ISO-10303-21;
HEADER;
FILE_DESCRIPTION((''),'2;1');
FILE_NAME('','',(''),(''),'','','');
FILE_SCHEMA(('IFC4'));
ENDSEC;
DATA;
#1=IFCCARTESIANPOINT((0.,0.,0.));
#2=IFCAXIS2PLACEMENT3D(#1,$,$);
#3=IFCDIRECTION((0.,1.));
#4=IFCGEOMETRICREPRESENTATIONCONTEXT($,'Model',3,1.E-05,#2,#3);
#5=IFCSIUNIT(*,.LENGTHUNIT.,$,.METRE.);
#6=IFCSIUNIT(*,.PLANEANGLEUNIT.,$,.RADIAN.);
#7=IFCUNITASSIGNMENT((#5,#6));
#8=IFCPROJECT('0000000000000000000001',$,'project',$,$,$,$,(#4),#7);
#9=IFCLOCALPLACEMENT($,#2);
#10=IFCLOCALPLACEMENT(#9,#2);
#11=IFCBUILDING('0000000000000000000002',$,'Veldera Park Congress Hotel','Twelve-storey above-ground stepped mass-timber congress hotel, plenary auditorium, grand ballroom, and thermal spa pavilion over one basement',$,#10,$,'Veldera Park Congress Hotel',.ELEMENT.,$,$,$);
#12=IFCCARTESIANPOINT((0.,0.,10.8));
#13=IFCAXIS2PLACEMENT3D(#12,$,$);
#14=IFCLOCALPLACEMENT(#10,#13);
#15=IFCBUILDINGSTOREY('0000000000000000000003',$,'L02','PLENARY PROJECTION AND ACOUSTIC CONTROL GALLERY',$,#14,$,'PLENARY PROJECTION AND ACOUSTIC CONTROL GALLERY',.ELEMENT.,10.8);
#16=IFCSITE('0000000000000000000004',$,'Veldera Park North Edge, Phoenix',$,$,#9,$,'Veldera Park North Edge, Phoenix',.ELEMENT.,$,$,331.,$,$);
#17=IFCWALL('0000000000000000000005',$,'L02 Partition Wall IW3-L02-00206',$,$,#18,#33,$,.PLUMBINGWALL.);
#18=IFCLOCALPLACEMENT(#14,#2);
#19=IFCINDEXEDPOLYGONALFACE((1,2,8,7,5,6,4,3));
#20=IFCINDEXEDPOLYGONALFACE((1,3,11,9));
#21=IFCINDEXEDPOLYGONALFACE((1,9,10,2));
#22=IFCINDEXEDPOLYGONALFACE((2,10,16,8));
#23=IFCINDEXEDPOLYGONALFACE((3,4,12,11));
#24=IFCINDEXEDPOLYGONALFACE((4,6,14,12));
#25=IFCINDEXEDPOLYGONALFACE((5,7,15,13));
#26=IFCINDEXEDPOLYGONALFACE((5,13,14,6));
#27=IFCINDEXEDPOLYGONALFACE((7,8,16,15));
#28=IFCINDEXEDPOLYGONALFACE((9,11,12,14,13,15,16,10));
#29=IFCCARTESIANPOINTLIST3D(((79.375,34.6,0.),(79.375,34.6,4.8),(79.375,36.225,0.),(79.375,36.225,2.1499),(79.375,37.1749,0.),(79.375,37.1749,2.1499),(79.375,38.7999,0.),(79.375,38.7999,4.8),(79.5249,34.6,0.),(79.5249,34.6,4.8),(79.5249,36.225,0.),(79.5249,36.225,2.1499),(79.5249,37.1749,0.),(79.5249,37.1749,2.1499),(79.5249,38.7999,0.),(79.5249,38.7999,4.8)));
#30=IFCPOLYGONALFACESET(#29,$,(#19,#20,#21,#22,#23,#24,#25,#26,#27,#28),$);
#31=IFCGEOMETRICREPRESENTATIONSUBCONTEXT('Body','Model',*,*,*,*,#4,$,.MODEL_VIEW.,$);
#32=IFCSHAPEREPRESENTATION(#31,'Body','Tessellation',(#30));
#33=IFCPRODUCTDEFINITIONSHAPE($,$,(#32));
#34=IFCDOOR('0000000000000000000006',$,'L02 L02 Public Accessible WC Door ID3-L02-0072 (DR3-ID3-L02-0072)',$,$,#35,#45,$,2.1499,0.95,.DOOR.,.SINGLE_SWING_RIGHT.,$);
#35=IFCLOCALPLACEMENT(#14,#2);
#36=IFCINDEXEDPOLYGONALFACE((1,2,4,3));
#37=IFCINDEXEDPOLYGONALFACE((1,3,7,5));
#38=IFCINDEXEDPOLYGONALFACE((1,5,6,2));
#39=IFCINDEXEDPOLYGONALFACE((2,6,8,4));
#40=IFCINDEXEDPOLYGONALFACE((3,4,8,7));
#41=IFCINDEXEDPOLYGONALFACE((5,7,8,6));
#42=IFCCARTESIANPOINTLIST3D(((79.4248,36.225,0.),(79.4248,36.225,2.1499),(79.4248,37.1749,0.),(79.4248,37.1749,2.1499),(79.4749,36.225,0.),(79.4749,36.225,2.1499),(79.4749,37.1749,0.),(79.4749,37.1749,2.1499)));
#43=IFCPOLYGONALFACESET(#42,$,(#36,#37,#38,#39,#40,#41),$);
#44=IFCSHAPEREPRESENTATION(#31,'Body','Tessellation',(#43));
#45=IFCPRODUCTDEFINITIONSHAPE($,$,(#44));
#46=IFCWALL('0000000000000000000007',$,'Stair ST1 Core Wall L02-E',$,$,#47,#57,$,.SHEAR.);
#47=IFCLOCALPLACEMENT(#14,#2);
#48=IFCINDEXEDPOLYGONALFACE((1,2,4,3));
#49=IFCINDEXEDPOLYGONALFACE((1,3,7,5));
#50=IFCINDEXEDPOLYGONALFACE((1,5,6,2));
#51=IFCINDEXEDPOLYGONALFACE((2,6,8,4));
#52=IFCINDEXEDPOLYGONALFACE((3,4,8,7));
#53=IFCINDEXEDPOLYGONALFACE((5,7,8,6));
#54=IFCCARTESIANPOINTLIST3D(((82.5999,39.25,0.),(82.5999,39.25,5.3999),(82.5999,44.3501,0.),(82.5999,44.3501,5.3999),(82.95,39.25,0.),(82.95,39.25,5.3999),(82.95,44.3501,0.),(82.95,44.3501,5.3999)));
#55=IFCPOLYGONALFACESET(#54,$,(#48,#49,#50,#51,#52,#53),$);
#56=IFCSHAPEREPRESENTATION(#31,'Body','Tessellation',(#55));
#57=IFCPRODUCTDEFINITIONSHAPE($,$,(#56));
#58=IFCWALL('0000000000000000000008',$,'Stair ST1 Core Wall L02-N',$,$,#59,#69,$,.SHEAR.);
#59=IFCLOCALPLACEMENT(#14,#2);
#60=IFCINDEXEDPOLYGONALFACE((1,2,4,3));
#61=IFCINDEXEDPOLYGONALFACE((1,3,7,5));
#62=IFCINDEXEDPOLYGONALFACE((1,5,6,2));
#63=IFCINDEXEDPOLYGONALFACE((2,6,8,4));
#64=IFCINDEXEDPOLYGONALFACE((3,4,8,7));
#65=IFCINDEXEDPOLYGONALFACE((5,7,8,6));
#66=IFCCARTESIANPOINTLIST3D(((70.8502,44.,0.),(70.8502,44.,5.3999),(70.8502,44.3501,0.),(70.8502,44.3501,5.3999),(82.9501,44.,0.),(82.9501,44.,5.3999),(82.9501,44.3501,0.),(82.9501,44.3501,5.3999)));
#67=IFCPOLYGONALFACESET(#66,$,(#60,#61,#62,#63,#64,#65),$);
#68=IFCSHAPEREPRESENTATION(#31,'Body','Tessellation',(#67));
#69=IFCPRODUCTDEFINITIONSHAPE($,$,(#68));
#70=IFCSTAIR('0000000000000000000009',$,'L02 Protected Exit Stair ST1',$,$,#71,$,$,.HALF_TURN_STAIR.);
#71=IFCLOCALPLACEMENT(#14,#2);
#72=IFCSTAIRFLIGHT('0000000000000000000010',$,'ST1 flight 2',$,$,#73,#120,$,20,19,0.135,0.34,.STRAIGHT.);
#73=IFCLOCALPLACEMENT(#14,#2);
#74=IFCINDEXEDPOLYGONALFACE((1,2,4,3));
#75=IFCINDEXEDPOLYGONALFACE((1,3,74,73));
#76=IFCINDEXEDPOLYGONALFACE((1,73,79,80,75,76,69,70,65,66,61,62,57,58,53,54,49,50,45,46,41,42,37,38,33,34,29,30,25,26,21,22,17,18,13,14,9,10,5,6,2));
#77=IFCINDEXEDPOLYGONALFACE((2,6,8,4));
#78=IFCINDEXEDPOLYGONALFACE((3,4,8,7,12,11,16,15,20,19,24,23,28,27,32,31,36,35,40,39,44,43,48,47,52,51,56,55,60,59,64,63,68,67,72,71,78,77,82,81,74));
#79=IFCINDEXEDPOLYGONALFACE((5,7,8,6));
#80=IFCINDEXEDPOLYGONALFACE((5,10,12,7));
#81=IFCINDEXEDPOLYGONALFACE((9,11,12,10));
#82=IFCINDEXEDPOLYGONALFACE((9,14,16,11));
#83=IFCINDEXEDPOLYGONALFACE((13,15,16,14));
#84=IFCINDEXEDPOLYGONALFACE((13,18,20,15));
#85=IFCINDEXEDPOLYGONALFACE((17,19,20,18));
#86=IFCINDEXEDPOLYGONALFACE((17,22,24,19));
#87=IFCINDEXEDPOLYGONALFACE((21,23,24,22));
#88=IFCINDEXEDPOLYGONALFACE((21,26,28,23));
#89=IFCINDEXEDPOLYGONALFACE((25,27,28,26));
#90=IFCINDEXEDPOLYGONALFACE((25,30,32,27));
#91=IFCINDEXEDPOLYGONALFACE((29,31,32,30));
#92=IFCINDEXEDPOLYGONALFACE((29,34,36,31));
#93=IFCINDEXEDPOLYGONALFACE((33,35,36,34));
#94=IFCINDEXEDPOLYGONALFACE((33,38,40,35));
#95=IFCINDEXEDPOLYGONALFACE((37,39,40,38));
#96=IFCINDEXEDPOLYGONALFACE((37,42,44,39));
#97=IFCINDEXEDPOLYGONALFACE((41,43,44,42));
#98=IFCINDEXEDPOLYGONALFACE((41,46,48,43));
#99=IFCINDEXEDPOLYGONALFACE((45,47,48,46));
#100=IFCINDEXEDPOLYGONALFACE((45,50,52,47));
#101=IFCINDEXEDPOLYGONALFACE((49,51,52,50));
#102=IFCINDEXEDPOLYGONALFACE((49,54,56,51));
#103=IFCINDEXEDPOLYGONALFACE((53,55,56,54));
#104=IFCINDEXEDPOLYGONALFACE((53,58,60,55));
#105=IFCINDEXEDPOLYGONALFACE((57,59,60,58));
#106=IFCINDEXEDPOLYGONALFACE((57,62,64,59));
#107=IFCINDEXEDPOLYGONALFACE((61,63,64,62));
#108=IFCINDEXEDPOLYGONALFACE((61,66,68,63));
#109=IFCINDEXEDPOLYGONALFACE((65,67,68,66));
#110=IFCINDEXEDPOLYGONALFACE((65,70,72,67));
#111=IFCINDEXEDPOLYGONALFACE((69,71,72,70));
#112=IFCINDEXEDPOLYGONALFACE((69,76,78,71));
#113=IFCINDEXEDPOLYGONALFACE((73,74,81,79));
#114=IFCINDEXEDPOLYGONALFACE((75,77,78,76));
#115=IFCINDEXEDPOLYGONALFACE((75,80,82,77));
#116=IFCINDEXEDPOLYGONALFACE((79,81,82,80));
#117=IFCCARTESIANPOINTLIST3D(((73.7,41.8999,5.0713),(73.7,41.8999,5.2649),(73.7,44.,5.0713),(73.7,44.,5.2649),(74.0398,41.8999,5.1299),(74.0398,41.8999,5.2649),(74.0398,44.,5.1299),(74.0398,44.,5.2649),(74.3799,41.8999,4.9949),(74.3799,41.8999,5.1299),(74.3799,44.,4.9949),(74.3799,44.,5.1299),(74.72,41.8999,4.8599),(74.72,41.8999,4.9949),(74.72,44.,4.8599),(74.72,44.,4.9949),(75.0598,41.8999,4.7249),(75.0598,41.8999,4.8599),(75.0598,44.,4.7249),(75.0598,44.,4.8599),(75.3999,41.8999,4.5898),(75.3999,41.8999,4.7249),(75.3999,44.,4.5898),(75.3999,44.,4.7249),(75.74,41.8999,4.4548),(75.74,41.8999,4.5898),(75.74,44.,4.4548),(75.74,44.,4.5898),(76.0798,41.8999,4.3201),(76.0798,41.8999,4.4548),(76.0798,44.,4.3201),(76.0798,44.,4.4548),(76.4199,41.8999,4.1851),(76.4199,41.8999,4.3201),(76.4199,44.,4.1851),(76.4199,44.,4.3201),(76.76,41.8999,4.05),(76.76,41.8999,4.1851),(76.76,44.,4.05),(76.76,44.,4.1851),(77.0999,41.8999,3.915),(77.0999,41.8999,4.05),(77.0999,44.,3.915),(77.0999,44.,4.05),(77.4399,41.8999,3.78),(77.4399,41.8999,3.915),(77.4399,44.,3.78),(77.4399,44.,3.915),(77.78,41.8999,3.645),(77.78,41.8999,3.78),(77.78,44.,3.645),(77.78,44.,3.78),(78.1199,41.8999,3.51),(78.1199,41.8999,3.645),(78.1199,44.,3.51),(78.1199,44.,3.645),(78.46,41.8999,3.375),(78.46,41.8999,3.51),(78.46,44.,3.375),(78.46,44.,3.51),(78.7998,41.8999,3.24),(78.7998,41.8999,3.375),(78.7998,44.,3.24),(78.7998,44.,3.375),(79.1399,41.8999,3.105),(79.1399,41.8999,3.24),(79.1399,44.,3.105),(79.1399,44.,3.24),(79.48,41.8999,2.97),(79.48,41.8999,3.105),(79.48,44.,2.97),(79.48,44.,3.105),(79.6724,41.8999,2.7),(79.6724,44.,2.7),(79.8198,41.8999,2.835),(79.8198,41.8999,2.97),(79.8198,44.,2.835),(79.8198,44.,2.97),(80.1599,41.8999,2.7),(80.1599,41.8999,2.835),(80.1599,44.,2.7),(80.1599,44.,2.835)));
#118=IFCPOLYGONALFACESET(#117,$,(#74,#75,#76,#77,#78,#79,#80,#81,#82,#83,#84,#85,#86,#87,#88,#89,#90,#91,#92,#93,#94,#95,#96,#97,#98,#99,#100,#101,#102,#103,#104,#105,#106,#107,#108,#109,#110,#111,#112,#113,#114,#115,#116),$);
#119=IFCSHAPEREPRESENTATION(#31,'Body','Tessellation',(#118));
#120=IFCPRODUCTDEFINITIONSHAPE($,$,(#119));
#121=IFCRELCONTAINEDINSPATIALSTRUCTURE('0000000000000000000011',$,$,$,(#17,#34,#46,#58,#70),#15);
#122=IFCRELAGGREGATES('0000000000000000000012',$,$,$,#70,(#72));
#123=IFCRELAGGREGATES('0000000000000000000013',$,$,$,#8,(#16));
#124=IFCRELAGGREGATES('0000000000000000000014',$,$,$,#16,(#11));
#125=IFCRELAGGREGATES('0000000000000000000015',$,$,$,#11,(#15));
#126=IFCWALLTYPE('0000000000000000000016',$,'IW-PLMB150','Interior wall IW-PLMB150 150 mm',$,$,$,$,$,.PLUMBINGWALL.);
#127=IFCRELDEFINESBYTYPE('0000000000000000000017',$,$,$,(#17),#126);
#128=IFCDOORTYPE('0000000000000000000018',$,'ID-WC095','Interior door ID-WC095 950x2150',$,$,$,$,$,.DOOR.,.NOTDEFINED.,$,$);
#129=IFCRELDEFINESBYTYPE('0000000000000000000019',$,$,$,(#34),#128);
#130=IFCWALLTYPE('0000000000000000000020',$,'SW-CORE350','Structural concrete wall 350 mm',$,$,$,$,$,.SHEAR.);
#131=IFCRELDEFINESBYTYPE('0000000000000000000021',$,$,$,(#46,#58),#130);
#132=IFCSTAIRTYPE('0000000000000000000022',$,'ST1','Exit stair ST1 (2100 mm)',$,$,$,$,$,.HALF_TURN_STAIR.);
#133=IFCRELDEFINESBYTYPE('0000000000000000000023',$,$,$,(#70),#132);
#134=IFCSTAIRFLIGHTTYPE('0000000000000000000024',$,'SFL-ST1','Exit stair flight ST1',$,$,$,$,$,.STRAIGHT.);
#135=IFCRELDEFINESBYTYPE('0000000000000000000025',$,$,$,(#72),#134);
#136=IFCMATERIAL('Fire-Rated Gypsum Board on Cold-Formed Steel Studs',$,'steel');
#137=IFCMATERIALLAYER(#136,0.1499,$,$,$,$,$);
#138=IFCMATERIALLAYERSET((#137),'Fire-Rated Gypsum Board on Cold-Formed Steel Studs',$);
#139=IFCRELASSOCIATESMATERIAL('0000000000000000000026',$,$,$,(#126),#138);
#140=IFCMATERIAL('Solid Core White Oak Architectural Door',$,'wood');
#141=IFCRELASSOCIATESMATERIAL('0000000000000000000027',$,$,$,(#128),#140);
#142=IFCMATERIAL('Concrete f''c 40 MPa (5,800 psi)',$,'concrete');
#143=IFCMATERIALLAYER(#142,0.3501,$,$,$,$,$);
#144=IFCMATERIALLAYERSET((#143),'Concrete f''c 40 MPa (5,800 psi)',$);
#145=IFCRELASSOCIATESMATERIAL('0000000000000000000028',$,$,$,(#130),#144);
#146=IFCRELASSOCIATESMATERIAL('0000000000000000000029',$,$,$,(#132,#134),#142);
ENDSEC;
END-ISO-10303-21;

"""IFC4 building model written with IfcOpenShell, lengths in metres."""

from ifc_helpers import new_model, si_unit, direction, frame, frame_2d, origin, place, context, subcontext, project, spatial, polyline, rectangle, outline, extrude, material, layer, layer_set, type_object, element, fill, aggregate, save


model = new_model("IFC4")

# Units and contexts
model_context = context("Model", 3, precision=1e-05, world=origin(), true_north=direction((0.0, 1.0)))
body_context = subcontext(model_context, "Body", "Model", "MODEL_VIEW")
ifc_project = project(units=[si_unit("LENGTHUNIT", "METRE"), si_unit("PLANEANGLEUNIT", "RADIAN")], contexts=[model_context])

# Site, building, storey
site_placement = place(None, origin())
site = spatial("IfcSite", under=ifc_project, at=site_placement, Name="Veldera Park North Edge, Phoenix", LongName="Veldera Park North Edge, Phoenix", CompositionType="ELEMENT", RefElevation=331.0)
building_placement = place(site_placement, origin())
building = spatial("IfcBuilding", under=site, at=building_placement, Name="Veldera Park Congress Hotel", Description="Twelve-storey above-ground stepped mass-timber congress hotel, plenary auditorium, grand ballroom, and thermal spa pavilion over one basement", LongName="Veldera Park Congress Hotel", CompositionType="ELEMENT")
storey_placement = place(building_placement, frame((0.0, 0.0, 10.8)))
storey = spatial("IfcBuildingStorey", under=building, at=storey_placement, Name="L02", Description="PLENARY PROJECTION AND ACOUSTIC CONTROL GALLERY", LongName="PLENARY PROJECTION AND ACOUSTIC CONTROL GALLERY", CompositionType="ELEMENT", Elevation=10.8)

# Shared definitions
ifc_material_1 = material(Name="Concrete f'c 40 MPa (5,800 psi)", Category="concrete")

# Shared definitions
ifc_material_2 = material(Name="Fire-Rated Gypsum Board on Cold-Formed Steel Studs", Category="steel")
ifc_layer_1 = layer(ifc_material_2, 0.1499)
ifc_layer_set_1 = layer_set([ifc_layer_1], Name="Fire-Rated Gypsum Board on Cold-Formed Steel Studs")
wall_type_1 = type_object("IfcWallType", Name="IW-PLMB150", Description="Interior wall IW-PLMB150 150 mm", PredefinedType="PLUMBINGWALL", material=ifc_layer_set_1)

# Wall, opening, door
wall_1_placement = place(storey_placement, frame((79.45, 38.8, 0.0), z_axis=(0.0, 0.0, 1.0), x_axis=(0.0, -1.0, 0.0)))
wall_1 = element("IfcWall", 1, at=wall_1_placement, inside=storey, type_object=wall_type_1, Name="L02 Partition Wall IW3-L02-00206", PredefinedType="PLUMBINGWALL", context=body_context, shape_type="SweptSolid", body=[
    extrude(rectangle(XDim=4.2, YDim=0.1499, at=frame_2d((2.1001, 0.0))), origin(), (0.0, 0.0, 1.0), 4.8),
])
opening_1_placement = place(wall_1_placement, frame((1.625, 0.0, 0.0)))
opening_1 = element("IfcOpeningElement", 2, at=opening_1_placement, cuts=wall_1, PredefinedType="OPENING", context=body_context, shape_type="SweptSolid", body=[
    extrude(rectangle(XDim=0.95, YDim=2.1499, at=frame_2d((0.4751, 1.075))), frame((0.0, 0.0869, 0.0), z_axis=(0.0, -1.0, 0.0), x_axis=(1.0, 0.0, 0.0)), (0.0, 0.0, 1.0), 0.1738),
])
ifc_material_3 = material(Name="Solid Core White Oak Architectural Door", Category="wood")
door_type = type_object("IfcDoorType", Name="ID-WC095", Description="Interior door ID-WC095 950x2150", OperationType="NOTDEFINED", PredefinedType="DOOR", material=ifc_material_3)
door_placement = place(opening_1_placement, origin())
door = element("IfcDoor", 3, at=door_placement, inside=storey, type_object=door_type, Name="L02 L02 Public Accessible WC Door ID3-L02-0072 (DR3-ID3-L02-0072)", OperationType="SINGLE_SWING_RIGHT", OverallHeight=2.1499, OverallWidth=0.95, PredefinedType="DOOR", context=body_context, shape_type="SweptSolid", body=[
    extrude(rectangle(XDim=0.95, YDim=2.1499, at=frame_2d((0.4751, 1.075))), frame((0.0, 0.0249, 0.0), z_axis=(0.0, -1.0, 0.0), x_axis=(1.0, 0.0, 0.0)), (0.0, 0.0, 1.0), 0.05),
])
fill(opening_1, door)

# Walls
ifc_layer_2 = layer(ifc_material_1, 0.3501)
ifc_layer_set_2 = layer_set([ifc_layer_2], Name="Concrete f'c 40 MPa (5,800 psi)")
wall_type_2 = type_object("IfcWallType", Name="SW-CORE350", Description="Structural concrete wall 350 mm", PredefinedType="SHEAR", material=ifc_layer_set_2)
wall_2_placement = place(storey_placement, frame((82.7749, 39.25, 0.0), z_axis=(0.0, 0.0, 1.0), x_axis=(0.0, 1.0, 0.0)))
element("IfcWall", 4, at=wall_2_placement, inside=storey, type_object=wall_type_2, Name="Stair ST1 Core Wall L02-E", PredefinedType="SHEAR", context=body_context, shape_type="SweptSolid", body=[
    extrude(rectangle(XDim=5.1001, YDim=0.3501, at=frame_2d((2.55, 0.0))), origin(), (0.0, 0.0, 1.0), 5.3999),
])
wall_3_placement = place(storey_placement, frame((82.95, 44.175, 0.0), z_axis=(0.0, 0.0, 1.0), x_axis=(-1.0, 0.0, 0.0)))
element("IfcWall", 5, at=wall_3_placement, inside=storey, type_object=wall_type_2, Name="Stair ST1 Core Wall L02-N", PredefinedType="SHEAR", context=body_context, shape_type="SweptSolid", body=[
    extrude(rectangle(XDim=12.0999, YDim=0.3501, at=frame_2d((6.0498, 0.0))), origin(), (0.0, 0.0, 1.0), 5.3999),
])

# Stair, stair flight
stair_type = type_object("IfcStairType", Name="ST1", Description="Exit stair ST1 (2100 mm)", PredefinedType="HALF_TURN_STAIR", material=ifc_material_1)
stair_placement = place(storey_placement, origin())
stair = element("IfcStair", 6, at=stair_placement, inside=storey, type_object=stair_type, Name="L02 Protected Exit Stair ST1", PredefinedType="HALF_TURN_STAIR")
stair_flight_type = type_object("IfcStairFlightType", Name="SFL-ST1", Description="Exit stair flight ST1", PredefinedType="STRAIGHT", material=ifc_material_1)
stair_flight_placement = place(storey_placement, frame((80.1599, 42.95, 2.7), z_axis=(0.0, 0.0, 1.0), x_axis=(-1.0, 0.0, 0.0)))
stair_flight = element("IfcStairFlight", 7, at=stair_flight_placement, type_object=stair_flight_type, Name="ST1 flight 2", NumberOfRisers=20, NumberOfTreads=19, PredefinedType="STRAIGHT", RiserHeight=0.135, TreadLength=0.34, context=body_context, shape_type="SweptSolid", body=[
    extrude(outline(polyline([(0.0, 0.0), (0.0, 0.135), (0.3401, 0.135), (0.3401, 0.27), (0.6799, 0.27), (0.6799, 0.405), (1.02, 0.405), (1.02, 0.54), (1.3601, 0.54), (1.3601, 0.675), (1.7, 0.675), (1.7, 0.8101), (2.04, 0.8101), (2.04, 0.9451), (2.3799, 0.9451), (2.3799, 1.0801), (2.72, 1.0801), (2.72, 1.2151), (3.0601, 1.2151), (3.0601, 1.3501), (3.3999, 1.3501), (3.3999, 1.4851), (3.74, 1.4851), (3.74, 1.6201), (4.0801, 1.6201), (4.0801, 1.7549), (4.4199, 1.7549), (4.4199, 1.8899), (4.76, 1.8899), (4.76, 2.0249), (5.1001, 2.0249), (5.1001, 2.1599), (5.4399, 2.1599), (5.4399, 2.2949), (5.78, 2.2949), (5.78, 2.4299), (6.1201, 2.4299), (6.1201, 2.5649), (6.46, 2.5649), (6.46, 2.7), (6.46, 2.7), (6.46, 2.3713), (0.4875, 0.0), (0.0, 0.0)])), frame((0.0, 1.05, 0.0), z_axis=(0.0, -1.0, 0.0), x_axis=(1.0, 0.0, 0.0)), (0.0, 0.0, 1.0), 2.1001),
])
aggregate(stair, [stair_flight])

save(model, "model.ifc")
